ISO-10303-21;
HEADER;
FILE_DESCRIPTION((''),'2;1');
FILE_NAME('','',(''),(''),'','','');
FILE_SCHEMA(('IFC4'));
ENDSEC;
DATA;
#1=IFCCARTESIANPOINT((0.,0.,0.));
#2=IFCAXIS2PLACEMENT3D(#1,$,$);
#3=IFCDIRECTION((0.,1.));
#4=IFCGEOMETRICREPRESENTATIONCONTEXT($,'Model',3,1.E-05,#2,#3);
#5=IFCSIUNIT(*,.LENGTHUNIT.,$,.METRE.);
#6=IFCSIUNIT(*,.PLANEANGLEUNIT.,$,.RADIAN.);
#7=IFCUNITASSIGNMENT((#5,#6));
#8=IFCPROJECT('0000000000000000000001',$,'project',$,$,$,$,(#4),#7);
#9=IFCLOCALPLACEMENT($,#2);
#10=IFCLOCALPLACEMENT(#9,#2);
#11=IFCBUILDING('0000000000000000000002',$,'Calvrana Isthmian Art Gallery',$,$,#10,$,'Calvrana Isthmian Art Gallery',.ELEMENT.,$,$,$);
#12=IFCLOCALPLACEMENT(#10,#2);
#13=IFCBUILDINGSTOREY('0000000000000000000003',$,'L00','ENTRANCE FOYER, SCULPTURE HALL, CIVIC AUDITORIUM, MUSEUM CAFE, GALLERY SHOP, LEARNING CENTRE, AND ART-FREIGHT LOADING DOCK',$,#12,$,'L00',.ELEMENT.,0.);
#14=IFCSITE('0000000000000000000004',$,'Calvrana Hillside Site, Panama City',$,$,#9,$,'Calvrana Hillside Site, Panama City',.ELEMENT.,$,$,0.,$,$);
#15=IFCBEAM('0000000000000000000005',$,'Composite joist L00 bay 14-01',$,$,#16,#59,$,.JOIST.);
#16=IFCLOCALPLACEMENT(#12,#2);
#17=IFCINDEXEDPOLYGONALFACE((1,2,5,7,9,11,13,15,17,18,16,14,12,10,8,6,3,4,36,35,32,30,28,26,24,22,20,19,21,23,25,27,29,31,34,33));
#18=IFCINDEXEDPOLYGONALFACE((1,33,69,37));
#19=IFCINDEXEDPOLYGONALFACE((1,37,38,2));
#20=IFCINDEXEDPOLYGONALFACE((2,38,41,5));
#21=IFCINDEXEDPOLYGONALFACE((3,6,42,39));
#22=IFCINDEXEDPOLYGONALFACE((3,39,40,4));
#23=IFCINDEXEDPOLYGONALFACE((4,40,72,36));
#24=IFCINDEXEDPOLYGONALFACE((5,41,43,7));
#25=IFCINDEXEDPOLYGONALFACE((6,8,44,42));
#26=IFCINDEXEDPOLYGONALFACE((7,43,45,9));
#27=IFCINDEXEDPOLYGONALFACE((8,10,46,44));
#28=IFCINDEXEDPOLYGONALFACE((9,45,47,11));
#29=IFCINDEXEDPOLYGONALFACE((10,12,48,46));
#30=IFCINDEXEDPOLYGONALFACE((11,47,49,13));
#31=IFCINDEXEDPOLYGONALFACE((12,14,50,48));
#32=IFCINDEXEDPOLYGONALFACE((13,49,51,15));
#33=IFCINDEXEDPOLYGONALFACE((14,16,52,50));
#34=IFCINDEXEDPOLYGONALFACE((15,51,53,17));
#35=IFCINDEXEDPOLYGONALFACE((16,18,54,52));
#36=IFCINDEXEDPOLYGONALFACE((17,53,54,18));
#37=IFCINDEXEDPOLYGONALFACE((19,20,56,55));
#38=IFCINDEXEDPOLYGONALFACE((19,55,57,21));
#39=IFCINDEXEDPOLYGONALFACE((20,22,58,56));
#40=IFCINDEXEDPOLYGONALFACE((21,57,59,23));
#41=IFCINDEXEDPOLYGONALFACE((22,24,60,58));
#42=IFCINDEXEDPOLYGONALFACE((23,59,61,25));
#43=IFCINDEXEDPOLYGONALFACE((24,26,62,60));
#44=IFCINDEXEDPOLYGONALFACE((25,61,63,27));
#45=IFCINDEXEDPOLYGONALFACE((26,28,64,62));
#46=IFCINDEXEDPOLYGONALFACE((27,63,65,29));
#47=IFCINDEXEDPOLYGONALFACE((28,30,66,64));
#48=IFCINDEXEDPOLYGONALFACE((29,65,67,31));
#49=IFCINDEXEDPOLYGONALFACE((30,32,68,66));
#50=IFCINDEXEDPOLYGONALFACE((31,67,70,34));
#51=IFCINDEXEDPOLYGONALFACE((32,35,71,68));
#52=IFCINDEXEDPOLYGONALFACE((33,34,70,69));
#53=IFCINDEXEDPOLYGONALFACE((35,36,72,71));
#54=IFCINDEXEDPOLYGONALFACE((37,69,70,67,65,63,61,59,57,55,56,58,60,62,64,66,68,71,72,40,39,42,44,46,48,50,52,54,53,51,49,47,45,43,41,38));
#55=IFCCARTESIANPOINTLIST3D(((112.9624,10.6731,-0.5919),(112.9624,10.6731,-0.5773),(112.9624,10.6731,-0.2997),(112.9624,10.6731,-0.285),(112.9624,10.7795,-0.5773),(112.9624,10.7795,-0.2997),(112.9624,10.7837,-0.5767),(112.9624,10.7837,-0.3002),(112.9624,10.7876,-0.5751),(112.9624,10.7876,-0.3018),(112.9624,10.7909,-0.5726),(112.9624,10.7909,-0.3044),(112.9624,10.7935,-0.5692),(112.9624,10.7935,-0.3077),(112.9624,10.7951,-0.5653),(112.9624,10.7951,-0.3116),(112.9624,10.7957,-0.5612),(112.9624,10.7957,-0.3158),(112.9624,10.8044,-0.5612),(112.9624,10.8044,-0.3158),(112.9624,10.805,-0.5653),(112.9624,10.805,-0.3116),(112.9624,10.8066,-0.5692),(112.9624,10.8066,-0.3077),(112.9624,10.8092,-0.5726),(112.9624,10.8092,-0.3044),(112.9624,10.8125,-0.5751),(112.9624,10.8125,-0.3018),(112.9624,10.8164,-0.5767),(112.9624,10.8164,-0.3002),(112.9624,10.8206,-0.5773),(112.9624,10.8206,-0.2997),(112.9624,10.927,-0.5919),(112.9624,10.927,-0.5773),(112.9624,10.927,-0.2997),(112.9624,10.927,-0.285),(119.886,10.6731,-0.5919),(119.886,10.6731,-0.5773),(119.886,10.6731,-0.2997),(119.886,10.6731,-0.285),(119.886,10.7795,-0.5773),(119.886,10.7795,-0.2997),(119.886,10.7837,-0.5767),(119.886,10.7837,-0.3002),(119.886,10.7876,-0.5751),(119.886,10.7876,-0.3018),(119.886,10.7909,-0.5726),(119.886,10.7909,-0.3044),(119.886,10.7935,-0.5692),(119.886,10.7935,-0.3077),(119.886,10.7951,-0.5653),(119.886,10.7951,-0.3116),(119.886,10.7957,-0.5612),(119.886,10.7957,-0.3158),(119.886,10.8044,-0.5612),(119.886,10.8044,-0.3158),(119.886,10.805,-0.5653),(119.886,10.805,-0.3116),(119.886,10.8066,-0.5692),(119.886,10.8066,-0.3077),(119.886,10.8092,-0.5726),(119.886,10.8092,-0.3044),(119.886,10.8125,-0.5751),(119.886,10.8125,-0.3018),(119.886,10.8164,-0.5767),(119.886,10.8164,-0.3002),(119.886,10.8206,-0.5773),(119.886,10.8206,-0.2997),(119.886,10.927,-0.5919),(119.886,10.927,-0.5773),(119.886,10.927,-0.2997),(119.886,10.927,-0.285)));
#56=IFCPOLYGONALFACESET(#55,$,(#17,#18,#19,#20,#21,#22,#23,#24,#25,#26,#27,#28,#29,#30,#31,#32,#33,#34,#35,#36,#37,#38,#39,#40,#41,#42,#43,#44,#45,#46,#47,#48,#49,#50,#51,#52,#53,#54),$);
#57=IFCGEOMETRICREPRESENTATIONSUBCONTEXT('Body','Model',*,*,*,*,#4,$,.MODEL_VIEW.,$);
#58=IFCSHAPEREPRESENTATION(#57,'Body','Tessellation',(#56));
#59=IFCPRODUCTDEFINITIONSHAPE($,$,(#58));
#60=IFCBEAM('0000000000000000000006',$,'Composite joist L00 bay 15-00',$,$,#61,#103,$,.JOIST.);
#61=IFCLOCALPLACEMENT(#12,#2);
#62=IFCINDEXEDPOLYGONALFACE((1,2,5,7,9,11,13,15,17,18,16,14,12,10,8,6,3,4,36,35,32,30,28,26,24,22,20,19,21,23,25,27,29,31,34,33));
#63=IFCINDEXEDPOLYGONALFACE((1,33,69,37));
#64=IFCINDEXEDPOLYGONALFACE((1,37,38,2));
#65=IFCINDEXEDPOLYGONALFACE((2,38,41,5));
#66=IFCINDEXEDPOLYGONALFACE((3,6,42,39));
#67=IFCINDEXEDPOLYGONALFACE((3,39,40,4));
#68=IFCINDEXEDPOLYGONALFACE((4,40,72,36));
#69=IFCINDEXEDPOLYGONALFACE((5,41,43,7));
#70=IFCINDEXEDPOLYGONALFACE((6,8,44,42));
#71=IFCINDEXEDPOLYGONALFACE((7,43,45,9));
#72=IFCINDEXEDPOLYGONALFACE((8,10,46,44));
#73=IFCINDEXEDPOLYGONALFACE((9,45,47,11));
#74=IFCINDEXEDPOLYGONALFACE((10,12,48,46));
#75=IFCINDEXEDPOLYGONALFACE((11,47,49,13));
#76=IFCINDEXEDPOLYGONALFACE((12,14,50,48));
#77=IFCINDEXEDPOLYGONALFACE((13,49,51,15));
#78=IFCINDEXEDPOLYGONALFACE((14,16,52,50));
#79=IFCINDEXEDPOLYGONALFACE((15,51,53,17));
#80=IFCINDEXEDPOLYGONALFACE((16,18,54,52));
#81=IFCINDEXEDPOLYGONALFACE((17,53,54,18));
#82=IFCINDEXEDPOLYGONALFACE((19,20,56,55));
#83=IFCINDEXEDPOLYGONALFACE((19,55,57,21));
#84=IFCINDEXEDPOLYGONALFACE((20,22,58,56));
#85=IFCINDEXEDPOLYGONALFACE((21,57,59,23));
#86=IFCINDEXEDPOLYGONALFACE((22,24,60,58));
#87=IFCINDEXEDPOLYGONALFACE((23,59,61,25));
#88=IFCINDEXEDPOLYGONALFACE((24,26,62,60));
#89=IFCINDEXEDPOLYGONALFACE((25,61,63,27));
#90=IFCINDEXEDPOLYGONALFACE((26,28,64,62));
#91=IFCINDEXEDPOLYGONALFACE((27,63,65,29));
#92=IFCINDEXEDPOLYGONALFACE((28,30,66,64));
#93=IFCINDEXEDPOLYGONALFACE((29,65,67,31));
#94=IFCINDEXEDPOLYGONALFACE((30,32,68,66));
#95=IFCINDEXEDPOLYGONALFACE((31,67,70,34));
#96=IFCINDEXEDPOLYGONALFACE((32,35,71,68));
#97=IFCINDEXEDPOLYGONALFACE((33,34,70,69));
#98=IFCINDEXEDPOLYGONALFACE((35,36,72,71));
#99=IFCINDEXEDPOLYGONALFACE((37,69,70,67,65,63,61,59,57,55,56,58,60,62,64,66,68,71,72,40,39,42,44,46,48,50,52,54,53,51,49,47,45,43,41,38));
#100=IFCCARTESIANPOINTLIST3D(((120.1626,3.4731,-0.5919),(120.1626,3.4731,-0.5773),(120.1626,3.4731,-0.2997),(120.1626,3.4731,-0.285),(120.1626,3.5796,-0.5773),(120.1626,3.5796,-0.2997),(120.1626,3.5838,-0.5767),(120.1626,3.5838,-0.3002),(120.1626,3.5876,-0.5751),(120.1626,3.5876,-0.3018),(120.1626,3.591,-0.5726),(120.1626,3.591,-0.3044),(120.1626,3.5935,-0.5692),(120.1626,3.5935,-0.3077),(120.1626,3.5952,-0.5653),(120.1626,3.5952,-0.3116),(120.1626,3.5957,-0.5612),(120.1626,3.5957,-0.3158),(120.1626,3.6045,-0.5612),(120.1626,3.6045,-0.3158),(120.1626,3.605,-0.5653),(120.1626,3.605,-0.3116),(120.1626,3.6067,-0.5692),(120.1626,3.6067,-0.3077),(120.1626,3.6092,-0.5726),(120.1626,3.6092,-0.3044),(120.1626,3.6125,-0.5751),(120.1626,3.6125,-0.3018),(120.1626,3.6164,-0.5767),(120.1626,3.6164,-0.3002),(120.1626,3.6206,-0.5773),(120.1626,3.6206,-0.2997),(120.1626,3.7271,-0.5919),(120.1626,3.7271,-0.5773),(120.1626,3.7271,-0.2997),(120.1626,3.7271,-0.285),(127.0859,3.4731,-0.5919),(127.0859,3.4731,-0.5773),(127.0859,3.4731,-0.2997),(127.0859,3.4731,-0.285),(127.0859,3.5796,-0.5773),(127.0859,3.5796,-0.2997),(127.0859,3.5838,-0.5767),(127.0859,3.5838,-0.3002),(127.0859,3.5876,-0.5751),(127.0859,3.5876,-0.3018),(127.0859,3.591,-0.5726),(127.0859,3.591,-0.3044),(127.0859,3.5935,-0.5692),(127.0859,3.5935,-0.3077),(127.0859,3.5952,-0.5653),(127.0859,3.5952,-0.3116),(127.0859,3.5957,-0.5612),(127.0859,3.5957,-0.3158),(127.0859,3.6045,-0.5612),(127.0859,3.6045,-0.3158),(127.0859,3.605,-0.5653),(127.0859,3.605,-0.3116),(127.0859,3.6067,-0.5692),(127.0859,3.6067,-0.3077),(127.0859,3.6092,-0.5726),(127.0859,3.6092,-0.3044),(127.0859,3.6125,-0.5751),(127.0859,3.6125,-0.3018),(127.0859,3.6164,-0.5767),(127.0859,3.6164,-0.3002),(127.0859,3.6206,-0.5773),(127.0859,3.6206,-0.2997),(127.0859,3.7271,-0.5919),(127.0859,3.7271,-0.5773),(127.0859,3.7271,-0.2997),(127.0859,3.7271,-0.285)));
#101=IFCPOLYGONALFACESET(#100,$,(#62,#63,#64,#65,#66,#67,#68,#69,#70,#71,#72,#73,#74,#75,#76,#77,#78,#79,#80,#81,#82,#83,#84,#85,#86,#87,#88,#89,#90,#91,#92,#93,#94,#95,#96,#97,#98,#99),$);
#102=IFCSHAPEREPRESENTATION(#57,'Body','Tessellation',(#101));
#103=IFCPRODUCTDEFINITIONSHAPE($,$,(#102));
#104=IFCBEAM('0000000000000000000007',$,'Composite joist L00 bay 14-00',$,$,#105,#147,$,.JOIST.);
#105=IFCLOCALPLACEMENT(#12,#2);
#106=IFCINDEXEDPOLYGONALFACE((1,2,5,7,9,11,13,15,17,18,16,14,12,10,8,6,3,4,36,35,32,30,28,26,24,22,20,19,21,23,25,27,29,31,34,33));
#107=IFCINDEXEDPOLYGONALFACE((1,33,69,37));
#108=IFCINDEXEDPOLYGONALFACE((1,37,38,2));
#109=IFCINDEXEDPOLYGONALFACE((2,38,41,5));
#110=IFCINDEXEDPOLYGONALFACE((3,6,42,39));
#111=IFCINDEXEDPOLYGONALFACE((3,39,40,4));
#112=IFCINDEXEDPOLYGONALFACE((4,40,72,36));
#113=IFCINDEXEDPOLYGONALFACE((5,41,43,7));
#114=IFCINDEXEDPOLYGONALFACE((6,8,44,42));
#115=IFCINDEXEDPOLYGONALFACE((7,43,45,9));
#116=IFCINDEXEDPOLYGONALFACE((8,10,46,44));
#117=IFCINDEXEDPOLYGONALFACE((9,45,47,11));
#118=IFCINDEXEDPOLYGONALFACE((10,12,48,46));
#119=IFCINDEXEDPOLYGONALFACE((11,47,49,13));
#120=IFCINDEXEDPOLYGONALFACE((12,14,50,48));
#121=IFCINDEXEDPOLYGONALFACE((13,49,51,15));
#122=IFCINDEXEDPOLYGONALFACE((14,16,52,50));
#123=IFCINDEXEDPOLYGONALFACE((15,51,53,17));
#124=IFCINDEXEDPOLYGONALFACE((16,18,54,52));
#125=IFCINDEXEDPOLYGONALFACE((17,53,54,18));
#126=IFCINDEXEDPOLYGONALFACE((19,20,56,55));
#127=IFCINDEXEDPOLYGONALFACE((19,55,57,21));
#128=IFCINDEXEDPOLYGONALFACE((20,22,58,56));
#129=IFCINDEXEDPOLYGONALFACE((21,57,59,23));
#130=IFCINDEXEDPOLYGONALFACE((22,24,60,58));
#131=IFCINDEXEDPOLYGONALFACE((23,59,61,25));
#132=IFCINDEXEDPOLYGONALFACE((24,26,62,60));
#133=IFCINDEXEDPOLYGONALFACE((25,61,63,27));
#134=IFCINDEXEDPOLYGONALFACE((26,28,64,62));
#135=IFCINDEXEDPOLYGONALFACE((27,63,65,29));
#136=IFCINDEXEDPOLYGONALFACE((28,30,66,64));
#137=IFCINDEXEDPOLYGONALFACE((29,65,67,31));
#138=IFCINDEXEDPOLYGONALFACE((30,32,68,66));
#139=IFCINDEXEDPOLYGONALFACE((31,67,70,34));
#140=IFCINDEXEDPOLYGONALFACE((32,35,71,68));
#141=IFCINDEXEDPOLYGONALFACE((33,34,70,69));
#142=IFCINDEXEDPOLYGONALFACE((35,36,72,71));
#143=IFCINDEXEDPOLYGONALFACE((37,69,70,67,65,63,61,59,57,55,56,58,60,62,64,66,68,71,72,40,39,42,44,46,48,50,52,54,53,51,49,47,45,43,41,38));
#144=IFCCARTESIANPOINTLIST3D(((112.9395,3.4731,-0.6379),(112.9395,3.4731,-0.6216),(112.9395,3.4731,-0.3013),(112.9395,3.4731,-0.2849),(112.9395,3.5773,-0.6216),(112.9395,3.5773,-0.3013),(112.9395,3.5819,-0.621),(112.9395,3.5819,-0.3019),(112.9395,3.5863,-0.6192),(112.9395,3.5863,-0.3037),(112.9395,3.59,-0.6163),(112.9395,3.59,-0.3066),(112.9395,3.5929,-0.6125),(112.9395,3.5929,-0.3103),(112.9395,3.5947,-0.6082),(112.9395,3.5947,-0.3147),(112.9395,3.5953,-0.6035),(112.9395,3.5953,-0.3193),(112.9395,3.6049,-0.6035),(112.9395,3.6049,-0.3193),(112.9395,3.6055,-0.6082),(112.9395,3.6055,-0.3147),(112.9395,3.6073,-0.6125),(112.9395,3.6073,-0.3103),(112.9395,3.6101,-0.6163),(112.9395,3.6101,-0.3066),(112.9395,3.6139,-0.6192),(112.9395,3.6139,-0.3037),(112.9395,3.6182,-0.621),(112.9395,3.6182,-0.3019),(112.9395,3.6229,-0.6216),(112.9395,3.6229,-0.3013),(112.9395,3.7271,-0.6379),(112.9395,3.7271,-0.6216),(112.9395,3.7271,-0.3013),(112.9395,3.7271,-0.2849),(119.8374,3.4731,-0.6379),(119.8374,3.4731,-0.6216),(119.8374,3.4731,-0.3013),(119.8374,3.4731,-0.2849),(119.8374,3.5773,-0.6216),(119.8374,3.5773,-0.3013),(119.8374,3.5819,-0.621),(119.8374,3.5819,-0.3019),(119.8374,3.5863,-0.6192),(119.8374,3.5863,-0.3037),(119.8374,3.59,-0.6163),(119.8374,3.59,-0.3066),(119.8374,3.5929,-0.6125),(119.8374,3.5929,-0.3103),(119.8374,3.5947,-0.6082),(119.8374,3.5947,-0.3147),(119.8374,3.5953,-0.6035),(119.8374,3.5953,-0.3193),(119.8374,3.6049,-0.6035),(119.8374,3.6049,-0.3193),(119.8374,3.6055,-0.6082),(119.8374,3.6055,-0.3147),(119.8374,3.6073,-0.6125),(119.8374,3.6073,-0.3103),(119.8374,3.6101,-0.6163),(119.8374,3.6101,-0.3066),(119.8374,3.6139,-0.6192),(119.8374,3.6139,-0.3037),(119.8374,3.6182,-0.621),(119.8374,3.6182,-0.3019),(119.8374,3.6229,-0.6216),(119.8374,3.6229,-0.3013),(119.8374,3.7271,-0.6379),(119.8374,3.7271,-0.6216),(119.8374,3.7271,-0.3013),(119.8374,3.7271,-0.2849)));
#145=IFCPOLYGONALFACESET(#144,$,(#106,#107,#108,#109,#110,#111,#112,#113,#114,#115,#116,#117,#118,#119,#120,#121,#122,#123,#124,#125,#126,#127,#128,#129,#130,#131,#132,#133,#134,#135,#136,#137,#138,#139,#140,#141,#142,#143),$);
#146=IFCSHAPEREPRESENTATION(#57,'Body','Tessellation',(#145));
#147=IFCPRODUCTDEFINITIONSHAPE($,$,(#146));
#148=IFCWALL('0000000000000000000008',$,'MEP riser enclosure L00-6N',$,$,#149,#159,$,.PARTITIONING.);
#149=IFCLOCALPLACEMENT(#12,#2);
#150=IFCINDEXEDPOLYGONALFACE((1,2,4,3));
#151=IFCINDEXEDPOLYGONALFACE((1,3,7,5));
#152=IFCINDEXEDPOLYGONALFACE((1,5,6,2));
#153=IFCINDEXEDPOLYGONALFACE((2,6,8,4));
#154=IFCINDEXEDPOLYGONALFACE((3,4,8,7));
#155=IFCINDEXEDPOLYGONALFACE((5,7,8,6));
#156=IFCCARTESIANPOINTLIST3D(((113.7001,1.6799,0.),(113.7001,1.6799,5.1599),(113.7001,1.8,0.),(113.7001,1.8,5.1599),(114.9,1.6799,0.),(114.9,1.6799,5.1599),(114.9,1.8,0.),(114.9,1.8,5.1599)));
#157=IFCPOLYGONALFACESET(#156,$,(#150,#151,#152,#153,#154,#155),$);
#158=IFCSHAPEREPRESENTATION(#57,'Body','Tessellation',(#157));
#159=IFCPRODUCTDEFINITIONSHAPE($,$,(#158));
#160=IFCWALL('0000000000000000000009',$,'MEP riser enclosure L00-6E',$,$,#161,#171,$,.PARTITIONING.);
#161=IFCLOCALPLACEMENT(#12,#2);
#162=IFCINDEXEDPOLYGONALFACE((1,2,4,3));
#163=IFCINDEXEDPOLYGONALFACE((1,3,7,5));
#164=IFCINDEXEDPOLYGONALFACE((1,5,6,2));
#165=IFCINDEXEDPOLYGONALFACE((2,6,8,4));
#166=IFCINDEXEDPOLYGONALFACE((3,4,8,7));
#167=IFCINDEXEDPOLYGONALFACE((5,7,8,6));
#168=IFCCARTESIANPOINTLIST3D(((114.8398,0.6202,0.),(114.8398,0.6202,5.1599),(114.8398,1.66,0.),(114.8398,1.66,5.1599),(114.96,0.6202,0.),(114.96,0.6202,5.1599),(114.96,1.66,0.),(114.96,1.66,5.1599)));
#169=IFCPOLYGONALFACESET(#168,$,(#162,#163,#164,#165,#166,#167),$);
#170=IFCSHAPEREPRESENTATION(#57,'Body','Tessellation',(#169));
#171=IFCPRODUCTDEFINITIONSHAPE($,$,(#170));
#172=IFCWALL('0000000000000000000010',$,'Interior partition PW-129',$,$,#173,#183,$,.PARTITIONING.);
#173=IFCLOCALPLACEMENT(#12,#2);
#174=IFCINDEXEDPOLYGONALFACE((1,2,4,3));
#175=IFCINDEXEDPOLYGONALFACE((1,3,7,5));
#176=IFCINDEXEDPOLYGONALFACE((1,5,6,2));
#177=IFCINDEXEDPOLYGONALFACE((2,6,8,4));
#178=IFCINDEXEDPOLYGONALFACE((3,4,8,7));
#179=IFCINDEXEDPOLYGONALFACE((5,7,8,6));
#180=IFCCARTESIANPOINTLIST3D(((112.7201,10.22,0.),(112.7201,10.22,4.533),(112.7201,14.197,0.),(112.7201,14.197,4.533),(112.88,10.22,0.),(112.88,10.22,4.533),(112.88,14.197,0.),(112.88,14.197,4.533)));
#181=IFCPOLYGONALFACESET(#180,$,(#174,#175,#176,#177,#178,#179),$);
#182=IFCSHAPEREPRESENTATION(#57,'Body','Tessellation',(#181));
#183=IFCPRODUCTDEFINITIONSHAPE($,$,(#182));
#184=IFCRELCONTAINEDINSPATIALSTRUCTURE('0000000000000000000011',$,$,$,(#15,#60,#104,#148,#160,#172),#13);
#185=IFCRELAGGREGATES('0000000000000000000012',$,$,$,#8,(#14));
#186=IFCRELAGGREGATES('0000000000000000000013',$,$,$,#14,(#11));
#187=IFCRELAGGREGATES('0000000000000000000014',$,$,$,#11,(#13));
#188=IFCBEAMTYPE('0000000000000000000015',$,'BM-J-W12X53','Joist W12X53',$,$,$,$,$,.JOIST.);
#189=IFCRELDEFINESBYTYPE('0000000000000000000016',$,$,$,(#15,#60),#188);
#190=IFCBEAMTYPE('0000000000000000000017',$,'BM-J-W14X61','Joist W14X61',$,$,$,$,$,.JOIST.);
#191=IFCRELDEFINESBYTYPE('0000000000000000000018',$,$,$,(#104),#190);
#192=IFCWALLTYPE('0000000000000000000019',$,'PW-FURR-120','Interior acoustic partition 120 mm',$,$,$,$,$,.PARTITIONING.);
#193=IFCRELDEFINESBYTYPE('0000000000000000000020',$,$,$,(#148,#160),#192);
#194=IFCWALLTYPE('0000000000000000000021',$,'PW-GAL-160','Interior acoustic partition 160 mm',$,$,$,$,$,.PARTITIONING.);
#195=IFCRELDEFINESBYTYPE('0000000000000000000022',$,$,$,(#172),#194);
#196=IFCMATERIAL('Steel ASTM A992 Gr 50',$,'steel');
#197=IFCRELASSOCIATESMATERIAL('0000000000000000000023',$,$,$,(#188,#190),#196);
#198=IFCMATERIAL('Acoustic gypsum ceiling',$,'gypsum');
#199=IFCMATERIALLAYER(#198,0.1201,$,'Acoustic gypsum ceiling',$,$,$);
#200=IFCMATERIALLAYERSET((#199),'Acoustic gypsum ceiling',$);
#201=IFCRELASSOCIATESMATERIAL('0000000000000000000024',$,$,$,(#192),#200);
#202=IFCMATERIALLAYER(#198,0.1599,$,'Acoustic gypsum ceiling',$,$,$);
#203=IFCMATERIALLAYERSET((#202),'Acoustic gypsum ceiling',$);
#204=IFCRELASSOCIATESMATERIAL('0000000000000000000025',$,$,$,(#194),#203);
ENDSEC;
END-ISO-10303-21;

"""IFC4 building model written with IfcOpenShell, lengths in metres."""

from ifc_helpers import new_model, si_unit, direction, frame, frame_2d, origin, origin_2d, place, context, subcontext, project, spatial, rectangle, i_section, extrude, material, layer, layer_set, material_profile, profile_set, type_object, element, save


model = new_model("IFC4")

# Units and contexts
model_context = context("Model", 3, precision=1e-05, world=origin(), true_north=direction((0.0, 1.0)))
body_context = subcontext(model_context, "Body", "Model", "MODEL_VIEW")
ifc_project = project(units=[si_unit("LENGTHUNIT", "METRE"), si_unit("PLANEANGLEUNIT", "RADIAN")], contexts=[model_context])

# Site, building, storey
site_placement = place(None, origin())
site = spatial("IfcSite", under=ifc_project, at=site_placement, Name="Calvrana Hillside Site, Panama City", LongName="Calvrana Hillside Site, Panama City", CompositionType="ELEMENT", RefElevation=0.0)
building_placement = place(site_placement, origin())
building = spatial("IfcBuilding", under=site, at=building_placement, Name="Calvrana Isthmian Art Gallery", LongName="Calvrana Isthmian Art Gallery", CompositionType="ELEMENT")
storey_placement = place(building_placement, origin())
storey = spatial("IfcBuildingStorey", under=building, at=storey_placement, Name="L00", Description="ENTRANCE FOYER, SCULPTURE HALL, CIVIC AUDITORIUM, MUSEUM CAFE, GALLERY SHOP, LEARNING CENTRE, AND ART-FREIGHT LOADING DOCK", LongName="L00", CompositionType="ELEMENT", Elevation=0.0)

# Shared definitions
ifc_material_1 = material(Name="Steel ASTM A992 Gr 50", Category="steel")

# Beams
ifc_material_profile_1 = material_profile(ifc_material_1, i_section(OverallWidth=0.2539, OverallDepth=0.3069, WebThickness=0.0088, FlangeThickness=0.0146, FilletRadius=0.0161, at=origin_2d()), Name="W12X53")
ifc_profile_set_1 = profile_set([ifc_material_profile_1], Name="Steel ASTM A992 Gr 50")
beam_type_1 = type_object("IfcBeamType", Name="BM-J-W12X53", Description="Joist W12X53", PredefinedType="JOIST", material=ifc_profile_set_1)
beam_1_placement = place(storey_placement, frame((112.9624, 10.8, -0.4385), z_axis=(1.0, 0.0, 0.0), x_axis=(0.0, 1.0, 0.0)))
element("IfcBeam", 1, at=beam_1_placement, inside=storey, type_object=beam_type_1, Name="Composite joist L00 bay 14-01", PredefinedType="JOIST", context=body_context, shape_type="SweptSolid", body=[
    extrude(i_section(OverallWidth=0.2539, OverallDepth=0.3069, WebThickness=0.0088, FlangeThickness=0.0146, FilletRadius=0.0161, at=origin_2d()), origin(), (0.0, 0.0, 1.0), 6.9236),
])
beam_2_placement = place(storey_placement, frame((120.1626, 3.6001, -0.4385), z_axis=(1.0, 0.0, 0.0), x_axis=(0.0, 1.0, 0.0)))
element("IfcBeam", 2, at=beam_2_placement, inside=storey, type_object=beam_type_1, Name="Composite joist L00 bay 15-00", PredefinedType="JOIST", context=body_context, shape_type="SweptSolid", body=[
    extrude(i_section(OverallWidth=0.2539, OverallDepth=0.3069, WebThickness=0.0088, FlangeThickness=0.0146, FilletRadius=0.0161, at=origin_2d()), origin(), (0.0, 0.0, 1.0), 6.9233),
])
ifc_material_profile_2 = material_profile(ifc_material_1, i_section(OverallWidth=0.2539, OverallDepth=0.353, WebThickness=0.0095, FlangeThickness=0.0164, FilletRadius=0.0181, at=origin_2d()), Name="W14X61")
ifc_profile_set_2 = profile_set([ifc_material_profile_2], Name="Steel ASTM A992 Gr 50")
beam_type_2 = type_object("IfcBeamType", Name="BM-J-W14X61", Description="Joist W14X61", PredefinedType="JOIST", material=ifc_profile_set_2)
beam_3_placement = place(storey_placement, frame((112.9395, 3.6001, -0.4614), z_axis=(1.0, 0.0, 0.0), x_axis=(0.0, 1.0, 0.0)))
element("IfcBeam", 3, at=beam_3_placement, inside=storey, type_object=beam_type_2, Name="Composite joist L00 bay 14-00", PredefinedType="JOIST", context=body_context, shape_type="SweptSolid", body=[
    extrude(i_section(OverallWidth=0.2539, OverallDepth=0.353, WebThickness=0.0095, FlangeThickness=0.0164, FilletRadius=0.0181, at=origin_2d()), origin(), (0.0, 0.0, 1.0), 6.8979),
])

# Walls
ifc_material_2 = material(Name="Acoustic gypsum ceiling", Category="gypsum")
ifc_layer_1 = layer(ifc_material_2, 0.1201, Name="Acoustic gypsum ceiling")
ifc_layer_set_1 = layer_set([ifc_layer_1], Name="Acoustic gypsum ceiling")
wall_type_1 = type_object("IfcWallType", Name="PW-FURR-120", Description="Interior acoustic partition 120 mm", PredefinedType="PARTITIONING", material=ifc_layer_set_1)
wall_1_placement = place(storey_placement, frame((113.7, 1.74, 0.0), z_axis=(0.0, 0.0, 1.0), x_axis=(1.0, 0.0, 0.0)))
element("IfcWall", 4, at=wall_1_placement, inside=storey, type_object=wall_type_1, Name="MEP riser enclosure L00-6N", PredefinedType="PARTITIONING", context=body_context, shape_type="SweptSolid", body=[
    extrude(rectangle(XDim=1.2, YDim=0.1201, at=frame_2d((0.6001, 0.0))), origin(), (0.0, 0.0, 1.0), 5.1599),
])
wall_2_placement = place(storey_placement, frame((114.8999, 0.6201, 0.0), z_axis=(0.0, 0.0, 1.0), x_axis=(0.0, 1.0, 0.0)))
element("IfcWall", 5, at=wall_2_placement, inside=storey, type_object=wall_type_1, Name="MEP riser enclosure L00-6E", PredefinedType="PARTITIONING", context=body_context, shape_type="SweptSolid", body=[
    extrude(rectangle(XDim=1.0398, YDim=0.1201, at=frame_2d((0.52, 0.0))), origin(), (0.0, 0.0, 1.0), 5.1599),
])
ifc_layer_2 = layer(ifc_material_2, 0.1599, Name="Acoustic gypsum ceiling")
ifc_layer_set_2 = layer_set([ifc_layer_2], Name="Acoustic gypsum ceiling")
wall_type_2 = type_object("IfcWallType", Name="PW-GAL-160", Description="Interior acoustic partition 160 mm", PredefinedType="PARTITIONING", material=ifc_layer_set_2)
wall_3_placement = place(storey_placement, frame((112.8, 10.22, 0.0), z_axis=(0.0, 0.0, 1.0), x_axis=(0.0, 1.0, 0.0)))
element("IfcWall", 6, at=wall_3_placement, inside=storey, type_object=wall_type_2, Name="Interior partition PW-129", PredefinedType="PARTITIONING", context=body_context, shape_type="SweptSolid", body=[
    extrude(rectangle(XDim=3.9771, YDim=0.1599, at=frame_2d((1.9885, 0.0))), origin(), (0.0, 0.0, 1.0), 4.533),
])

save(model, "model.ifc")
